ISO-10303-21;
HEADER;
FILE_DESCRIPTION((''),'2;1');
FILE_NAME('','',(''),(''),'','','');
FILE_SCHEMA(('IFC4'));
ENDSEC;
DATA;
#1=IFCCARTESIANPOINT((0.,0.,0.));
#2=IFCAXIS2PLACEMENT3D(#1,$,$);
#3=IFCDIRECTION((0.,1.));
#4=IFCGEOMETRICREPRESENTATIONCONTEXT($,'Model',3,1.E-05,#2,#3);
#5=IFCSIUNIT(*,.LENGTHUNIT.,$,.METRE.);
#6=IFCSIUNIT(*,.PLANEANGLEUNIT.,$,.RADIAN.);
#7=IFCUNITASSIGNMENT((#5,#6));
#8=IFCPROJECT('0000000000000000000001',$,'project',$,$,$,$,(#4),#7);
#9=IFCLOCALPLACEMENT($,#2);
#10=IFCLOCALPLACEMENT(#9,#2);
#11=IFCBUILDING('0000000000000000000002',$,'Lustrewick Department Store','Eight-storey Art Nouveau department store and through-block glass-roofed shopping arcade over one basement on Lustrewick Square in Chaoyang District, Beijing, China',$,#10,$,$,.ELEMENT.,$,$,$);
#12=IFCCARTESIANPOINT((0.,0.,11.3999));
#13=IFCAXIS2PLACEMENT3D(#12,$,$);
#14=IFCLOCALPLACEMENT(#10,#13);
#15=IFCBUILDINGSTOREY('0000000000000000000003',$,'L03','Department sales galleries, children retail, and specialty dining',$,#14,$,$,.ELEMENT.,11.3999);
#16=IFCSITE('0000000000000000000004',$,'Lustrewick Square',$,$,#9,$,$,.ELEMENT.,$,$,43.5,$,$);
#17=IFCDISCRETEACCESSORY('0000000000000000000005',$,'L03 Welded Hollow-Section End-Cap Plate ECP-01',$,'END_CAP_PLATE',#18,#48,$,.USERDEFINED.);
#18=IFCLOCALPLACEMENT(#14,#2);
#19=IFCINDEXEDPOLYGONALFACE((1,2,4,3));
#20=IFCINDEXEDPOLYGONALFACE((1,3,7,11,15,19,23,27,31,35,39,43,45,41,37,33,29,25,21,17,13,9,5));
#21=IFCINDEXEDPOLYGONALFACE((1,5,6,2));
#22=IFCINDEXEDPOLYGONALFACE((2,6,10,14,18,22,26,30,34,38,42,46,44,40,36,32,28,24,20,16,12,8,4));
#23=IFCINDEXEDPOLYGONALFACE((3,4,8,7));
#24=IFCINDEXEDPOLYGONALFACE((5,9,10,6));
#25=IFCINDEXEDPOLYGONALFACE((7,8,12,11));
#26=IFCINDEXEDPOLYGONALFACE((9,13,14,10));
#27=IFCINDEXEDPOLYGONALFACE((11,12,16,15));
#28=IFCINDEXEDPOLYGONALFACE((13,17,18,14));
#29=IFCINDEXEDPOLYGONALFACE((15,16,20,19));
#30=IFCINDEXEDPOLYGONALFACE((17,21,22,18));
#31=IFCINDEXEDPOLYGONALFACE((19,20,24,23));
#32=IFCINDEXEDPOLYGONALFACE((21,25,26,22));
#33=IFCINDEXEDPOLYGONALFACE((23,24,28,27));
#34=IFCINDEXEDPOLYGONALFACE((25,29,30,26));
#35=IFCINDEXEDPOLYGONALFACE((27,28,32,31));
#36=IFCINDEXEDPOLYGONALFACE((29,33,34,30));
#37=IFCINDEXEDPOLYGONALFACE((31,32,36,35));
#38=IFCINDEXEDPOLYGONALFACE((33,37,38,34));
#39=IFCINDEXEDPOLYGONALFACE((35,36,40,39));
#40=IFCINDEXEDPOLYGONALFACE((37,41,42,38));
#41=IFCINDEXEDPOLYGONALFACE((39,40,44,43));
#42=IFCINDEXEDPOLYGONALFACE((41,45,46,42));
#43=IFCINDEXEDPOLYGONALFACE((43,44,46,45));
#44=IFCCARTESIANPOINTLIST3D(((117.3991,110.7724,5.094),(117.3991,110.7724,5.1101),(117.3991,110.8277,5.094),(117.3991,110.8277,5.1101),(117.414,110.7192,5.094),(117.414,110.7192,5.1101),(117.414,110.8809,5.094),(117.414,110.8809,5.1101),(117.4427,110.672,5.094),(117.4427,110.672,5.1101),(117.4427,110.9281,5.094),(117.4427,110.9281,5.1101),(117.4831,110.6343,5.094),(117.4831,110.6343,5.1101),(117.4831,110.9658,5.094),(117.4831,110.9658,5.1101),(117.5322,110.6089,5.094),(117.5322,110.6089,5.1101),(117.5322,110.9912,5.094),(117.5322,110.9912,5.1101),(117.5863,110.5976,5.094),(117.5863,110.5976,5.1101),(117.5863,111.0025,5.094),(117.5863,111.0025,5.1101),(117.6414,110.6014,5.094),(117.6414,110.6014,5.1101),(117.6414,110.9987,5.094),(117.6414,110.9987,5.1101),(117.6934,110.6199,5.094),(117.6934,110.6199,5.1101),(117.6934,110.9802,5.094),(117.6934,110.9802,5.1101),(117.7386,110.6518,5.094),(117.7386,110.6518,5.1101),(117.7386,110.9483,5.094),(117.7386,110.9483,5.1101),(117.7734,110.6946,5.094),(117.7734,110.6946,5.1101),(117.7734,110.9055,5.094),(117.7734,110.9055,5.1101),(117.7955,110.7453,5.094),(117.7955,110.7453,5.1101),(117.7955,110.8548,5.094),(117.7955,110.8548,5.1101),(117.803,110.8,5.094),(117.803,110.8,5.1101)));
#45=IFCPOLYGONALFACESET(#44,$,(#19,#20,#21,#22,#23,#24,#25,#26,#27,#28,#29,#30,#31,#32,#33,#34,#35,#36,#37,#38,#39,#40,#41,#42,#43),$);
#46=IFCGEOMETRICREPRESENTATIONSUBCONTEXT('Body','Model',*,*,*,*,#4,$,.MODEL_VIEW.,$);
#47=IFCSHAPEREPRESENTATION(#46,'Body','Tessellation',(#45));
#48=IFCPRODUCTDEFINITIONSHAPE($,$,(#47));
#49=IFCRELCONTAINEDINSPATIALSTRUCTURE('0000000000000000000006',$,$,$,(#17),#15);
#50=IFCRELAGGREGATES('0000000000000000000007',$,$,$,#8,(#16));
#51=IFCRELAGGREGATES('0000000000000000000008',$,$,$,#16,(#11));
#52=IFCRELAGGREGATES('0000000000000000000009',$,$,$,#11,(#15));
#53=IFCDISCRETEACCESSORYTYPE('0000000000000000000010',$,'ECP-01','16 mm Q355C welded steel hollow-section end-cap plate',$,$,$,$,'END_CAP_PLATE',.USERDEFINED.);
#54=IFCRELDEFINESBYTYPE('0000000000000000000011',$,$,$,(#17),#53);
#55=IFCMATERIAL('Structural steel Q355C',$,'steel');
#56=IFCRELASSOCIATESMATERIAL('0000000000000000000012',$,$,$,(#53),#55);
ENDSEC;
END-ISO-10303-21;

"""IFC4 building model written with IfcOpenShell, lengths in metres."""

from ifc_helpers import new_model, si_unit, direction, frame, origin, origin_2d, place, context, subcontext, project, spatial, circle, extrude, material, type_object, element, save


model = new_model("IFC4")

# Units and contexts
model_context = context("Model", 3, precision=1e-05, world=origin(), true_north=direction((0.0, 1.0)))
body_context = subcontext(model_context, "Body", "Model", "MODEL_VIEW")
ifc_project = project(units=[si_unit("LENGTHUNIT", "METRE"), si_unit("PLANEANGLEUNIT", "RADIAN")], contexts=[model_context])

# Site, building, storey
site_placement = place(None, origin())
site = spatial("IfcSite", under=ifc_project, at=site_placement, Name="Lustrewick Square", CompositionType="ELEMENT", RefElevation=43.5)
building_placement = place(site_placement, origin())
building = spatial("IfcBuilding", under=site, at=building_placement, Name="Lustrewick Department Store", Description="Eight-storey Art Nouveau department store and through-block glass-roofed shopping arcade over one basement on Lustrewick Square in Chaoyang District, Beijing, China", CompositionType="ELEMENT")
storey_placement = place(building_placement, frame((0.0, 0.0, 11.3999)))
storey = spatial("IfcBuildingStorey", under=building, at=storey_placement, Name="L03", Description="Department sales galleries, children retail, and specialty dining", CompositionType="ELEMENT", Elevation=11.3999)

# Shared definitions
ifc_material_1 = material(Name="Structural steel Q355C", Category="steel")

# Discrete accessory
discrete_accessory_type = type_object("IfcDiscreteAccessoryType", Name="ECP-01", Description="16 mm Q355C welded steel hollow-section end-cap plate", ElementType="END_CAP_PLATE", PredefinedType="USERDEFINED", material=ifc_material_1)
discrete_accessory_1_placement = place(storey_placement, frame((117.6001, 110.8, 5.094), z_axis=(0.0, 0.0, 1.0), x_axis=(1.0, 0.0, 0.0)))
element("IfcDiscreteAccessory", 1, at=discrete_accessory_1_placement, inside=storey, type_object=discrete_accessory_type, Name="L03 Welded Hollow-Section End-Cap Plate ECP-01", ObjectType="END_CAP_PLATE", PredefinedType="USERDEFINED", context=body_context, shape_type="SweptSolid", body=[
    extrude(circle(Radius=0.2029, at=origin_2d()), origin(), (0.0, 0.0, 1.0), 0.0161),
])

save(model, "model.ifc")
